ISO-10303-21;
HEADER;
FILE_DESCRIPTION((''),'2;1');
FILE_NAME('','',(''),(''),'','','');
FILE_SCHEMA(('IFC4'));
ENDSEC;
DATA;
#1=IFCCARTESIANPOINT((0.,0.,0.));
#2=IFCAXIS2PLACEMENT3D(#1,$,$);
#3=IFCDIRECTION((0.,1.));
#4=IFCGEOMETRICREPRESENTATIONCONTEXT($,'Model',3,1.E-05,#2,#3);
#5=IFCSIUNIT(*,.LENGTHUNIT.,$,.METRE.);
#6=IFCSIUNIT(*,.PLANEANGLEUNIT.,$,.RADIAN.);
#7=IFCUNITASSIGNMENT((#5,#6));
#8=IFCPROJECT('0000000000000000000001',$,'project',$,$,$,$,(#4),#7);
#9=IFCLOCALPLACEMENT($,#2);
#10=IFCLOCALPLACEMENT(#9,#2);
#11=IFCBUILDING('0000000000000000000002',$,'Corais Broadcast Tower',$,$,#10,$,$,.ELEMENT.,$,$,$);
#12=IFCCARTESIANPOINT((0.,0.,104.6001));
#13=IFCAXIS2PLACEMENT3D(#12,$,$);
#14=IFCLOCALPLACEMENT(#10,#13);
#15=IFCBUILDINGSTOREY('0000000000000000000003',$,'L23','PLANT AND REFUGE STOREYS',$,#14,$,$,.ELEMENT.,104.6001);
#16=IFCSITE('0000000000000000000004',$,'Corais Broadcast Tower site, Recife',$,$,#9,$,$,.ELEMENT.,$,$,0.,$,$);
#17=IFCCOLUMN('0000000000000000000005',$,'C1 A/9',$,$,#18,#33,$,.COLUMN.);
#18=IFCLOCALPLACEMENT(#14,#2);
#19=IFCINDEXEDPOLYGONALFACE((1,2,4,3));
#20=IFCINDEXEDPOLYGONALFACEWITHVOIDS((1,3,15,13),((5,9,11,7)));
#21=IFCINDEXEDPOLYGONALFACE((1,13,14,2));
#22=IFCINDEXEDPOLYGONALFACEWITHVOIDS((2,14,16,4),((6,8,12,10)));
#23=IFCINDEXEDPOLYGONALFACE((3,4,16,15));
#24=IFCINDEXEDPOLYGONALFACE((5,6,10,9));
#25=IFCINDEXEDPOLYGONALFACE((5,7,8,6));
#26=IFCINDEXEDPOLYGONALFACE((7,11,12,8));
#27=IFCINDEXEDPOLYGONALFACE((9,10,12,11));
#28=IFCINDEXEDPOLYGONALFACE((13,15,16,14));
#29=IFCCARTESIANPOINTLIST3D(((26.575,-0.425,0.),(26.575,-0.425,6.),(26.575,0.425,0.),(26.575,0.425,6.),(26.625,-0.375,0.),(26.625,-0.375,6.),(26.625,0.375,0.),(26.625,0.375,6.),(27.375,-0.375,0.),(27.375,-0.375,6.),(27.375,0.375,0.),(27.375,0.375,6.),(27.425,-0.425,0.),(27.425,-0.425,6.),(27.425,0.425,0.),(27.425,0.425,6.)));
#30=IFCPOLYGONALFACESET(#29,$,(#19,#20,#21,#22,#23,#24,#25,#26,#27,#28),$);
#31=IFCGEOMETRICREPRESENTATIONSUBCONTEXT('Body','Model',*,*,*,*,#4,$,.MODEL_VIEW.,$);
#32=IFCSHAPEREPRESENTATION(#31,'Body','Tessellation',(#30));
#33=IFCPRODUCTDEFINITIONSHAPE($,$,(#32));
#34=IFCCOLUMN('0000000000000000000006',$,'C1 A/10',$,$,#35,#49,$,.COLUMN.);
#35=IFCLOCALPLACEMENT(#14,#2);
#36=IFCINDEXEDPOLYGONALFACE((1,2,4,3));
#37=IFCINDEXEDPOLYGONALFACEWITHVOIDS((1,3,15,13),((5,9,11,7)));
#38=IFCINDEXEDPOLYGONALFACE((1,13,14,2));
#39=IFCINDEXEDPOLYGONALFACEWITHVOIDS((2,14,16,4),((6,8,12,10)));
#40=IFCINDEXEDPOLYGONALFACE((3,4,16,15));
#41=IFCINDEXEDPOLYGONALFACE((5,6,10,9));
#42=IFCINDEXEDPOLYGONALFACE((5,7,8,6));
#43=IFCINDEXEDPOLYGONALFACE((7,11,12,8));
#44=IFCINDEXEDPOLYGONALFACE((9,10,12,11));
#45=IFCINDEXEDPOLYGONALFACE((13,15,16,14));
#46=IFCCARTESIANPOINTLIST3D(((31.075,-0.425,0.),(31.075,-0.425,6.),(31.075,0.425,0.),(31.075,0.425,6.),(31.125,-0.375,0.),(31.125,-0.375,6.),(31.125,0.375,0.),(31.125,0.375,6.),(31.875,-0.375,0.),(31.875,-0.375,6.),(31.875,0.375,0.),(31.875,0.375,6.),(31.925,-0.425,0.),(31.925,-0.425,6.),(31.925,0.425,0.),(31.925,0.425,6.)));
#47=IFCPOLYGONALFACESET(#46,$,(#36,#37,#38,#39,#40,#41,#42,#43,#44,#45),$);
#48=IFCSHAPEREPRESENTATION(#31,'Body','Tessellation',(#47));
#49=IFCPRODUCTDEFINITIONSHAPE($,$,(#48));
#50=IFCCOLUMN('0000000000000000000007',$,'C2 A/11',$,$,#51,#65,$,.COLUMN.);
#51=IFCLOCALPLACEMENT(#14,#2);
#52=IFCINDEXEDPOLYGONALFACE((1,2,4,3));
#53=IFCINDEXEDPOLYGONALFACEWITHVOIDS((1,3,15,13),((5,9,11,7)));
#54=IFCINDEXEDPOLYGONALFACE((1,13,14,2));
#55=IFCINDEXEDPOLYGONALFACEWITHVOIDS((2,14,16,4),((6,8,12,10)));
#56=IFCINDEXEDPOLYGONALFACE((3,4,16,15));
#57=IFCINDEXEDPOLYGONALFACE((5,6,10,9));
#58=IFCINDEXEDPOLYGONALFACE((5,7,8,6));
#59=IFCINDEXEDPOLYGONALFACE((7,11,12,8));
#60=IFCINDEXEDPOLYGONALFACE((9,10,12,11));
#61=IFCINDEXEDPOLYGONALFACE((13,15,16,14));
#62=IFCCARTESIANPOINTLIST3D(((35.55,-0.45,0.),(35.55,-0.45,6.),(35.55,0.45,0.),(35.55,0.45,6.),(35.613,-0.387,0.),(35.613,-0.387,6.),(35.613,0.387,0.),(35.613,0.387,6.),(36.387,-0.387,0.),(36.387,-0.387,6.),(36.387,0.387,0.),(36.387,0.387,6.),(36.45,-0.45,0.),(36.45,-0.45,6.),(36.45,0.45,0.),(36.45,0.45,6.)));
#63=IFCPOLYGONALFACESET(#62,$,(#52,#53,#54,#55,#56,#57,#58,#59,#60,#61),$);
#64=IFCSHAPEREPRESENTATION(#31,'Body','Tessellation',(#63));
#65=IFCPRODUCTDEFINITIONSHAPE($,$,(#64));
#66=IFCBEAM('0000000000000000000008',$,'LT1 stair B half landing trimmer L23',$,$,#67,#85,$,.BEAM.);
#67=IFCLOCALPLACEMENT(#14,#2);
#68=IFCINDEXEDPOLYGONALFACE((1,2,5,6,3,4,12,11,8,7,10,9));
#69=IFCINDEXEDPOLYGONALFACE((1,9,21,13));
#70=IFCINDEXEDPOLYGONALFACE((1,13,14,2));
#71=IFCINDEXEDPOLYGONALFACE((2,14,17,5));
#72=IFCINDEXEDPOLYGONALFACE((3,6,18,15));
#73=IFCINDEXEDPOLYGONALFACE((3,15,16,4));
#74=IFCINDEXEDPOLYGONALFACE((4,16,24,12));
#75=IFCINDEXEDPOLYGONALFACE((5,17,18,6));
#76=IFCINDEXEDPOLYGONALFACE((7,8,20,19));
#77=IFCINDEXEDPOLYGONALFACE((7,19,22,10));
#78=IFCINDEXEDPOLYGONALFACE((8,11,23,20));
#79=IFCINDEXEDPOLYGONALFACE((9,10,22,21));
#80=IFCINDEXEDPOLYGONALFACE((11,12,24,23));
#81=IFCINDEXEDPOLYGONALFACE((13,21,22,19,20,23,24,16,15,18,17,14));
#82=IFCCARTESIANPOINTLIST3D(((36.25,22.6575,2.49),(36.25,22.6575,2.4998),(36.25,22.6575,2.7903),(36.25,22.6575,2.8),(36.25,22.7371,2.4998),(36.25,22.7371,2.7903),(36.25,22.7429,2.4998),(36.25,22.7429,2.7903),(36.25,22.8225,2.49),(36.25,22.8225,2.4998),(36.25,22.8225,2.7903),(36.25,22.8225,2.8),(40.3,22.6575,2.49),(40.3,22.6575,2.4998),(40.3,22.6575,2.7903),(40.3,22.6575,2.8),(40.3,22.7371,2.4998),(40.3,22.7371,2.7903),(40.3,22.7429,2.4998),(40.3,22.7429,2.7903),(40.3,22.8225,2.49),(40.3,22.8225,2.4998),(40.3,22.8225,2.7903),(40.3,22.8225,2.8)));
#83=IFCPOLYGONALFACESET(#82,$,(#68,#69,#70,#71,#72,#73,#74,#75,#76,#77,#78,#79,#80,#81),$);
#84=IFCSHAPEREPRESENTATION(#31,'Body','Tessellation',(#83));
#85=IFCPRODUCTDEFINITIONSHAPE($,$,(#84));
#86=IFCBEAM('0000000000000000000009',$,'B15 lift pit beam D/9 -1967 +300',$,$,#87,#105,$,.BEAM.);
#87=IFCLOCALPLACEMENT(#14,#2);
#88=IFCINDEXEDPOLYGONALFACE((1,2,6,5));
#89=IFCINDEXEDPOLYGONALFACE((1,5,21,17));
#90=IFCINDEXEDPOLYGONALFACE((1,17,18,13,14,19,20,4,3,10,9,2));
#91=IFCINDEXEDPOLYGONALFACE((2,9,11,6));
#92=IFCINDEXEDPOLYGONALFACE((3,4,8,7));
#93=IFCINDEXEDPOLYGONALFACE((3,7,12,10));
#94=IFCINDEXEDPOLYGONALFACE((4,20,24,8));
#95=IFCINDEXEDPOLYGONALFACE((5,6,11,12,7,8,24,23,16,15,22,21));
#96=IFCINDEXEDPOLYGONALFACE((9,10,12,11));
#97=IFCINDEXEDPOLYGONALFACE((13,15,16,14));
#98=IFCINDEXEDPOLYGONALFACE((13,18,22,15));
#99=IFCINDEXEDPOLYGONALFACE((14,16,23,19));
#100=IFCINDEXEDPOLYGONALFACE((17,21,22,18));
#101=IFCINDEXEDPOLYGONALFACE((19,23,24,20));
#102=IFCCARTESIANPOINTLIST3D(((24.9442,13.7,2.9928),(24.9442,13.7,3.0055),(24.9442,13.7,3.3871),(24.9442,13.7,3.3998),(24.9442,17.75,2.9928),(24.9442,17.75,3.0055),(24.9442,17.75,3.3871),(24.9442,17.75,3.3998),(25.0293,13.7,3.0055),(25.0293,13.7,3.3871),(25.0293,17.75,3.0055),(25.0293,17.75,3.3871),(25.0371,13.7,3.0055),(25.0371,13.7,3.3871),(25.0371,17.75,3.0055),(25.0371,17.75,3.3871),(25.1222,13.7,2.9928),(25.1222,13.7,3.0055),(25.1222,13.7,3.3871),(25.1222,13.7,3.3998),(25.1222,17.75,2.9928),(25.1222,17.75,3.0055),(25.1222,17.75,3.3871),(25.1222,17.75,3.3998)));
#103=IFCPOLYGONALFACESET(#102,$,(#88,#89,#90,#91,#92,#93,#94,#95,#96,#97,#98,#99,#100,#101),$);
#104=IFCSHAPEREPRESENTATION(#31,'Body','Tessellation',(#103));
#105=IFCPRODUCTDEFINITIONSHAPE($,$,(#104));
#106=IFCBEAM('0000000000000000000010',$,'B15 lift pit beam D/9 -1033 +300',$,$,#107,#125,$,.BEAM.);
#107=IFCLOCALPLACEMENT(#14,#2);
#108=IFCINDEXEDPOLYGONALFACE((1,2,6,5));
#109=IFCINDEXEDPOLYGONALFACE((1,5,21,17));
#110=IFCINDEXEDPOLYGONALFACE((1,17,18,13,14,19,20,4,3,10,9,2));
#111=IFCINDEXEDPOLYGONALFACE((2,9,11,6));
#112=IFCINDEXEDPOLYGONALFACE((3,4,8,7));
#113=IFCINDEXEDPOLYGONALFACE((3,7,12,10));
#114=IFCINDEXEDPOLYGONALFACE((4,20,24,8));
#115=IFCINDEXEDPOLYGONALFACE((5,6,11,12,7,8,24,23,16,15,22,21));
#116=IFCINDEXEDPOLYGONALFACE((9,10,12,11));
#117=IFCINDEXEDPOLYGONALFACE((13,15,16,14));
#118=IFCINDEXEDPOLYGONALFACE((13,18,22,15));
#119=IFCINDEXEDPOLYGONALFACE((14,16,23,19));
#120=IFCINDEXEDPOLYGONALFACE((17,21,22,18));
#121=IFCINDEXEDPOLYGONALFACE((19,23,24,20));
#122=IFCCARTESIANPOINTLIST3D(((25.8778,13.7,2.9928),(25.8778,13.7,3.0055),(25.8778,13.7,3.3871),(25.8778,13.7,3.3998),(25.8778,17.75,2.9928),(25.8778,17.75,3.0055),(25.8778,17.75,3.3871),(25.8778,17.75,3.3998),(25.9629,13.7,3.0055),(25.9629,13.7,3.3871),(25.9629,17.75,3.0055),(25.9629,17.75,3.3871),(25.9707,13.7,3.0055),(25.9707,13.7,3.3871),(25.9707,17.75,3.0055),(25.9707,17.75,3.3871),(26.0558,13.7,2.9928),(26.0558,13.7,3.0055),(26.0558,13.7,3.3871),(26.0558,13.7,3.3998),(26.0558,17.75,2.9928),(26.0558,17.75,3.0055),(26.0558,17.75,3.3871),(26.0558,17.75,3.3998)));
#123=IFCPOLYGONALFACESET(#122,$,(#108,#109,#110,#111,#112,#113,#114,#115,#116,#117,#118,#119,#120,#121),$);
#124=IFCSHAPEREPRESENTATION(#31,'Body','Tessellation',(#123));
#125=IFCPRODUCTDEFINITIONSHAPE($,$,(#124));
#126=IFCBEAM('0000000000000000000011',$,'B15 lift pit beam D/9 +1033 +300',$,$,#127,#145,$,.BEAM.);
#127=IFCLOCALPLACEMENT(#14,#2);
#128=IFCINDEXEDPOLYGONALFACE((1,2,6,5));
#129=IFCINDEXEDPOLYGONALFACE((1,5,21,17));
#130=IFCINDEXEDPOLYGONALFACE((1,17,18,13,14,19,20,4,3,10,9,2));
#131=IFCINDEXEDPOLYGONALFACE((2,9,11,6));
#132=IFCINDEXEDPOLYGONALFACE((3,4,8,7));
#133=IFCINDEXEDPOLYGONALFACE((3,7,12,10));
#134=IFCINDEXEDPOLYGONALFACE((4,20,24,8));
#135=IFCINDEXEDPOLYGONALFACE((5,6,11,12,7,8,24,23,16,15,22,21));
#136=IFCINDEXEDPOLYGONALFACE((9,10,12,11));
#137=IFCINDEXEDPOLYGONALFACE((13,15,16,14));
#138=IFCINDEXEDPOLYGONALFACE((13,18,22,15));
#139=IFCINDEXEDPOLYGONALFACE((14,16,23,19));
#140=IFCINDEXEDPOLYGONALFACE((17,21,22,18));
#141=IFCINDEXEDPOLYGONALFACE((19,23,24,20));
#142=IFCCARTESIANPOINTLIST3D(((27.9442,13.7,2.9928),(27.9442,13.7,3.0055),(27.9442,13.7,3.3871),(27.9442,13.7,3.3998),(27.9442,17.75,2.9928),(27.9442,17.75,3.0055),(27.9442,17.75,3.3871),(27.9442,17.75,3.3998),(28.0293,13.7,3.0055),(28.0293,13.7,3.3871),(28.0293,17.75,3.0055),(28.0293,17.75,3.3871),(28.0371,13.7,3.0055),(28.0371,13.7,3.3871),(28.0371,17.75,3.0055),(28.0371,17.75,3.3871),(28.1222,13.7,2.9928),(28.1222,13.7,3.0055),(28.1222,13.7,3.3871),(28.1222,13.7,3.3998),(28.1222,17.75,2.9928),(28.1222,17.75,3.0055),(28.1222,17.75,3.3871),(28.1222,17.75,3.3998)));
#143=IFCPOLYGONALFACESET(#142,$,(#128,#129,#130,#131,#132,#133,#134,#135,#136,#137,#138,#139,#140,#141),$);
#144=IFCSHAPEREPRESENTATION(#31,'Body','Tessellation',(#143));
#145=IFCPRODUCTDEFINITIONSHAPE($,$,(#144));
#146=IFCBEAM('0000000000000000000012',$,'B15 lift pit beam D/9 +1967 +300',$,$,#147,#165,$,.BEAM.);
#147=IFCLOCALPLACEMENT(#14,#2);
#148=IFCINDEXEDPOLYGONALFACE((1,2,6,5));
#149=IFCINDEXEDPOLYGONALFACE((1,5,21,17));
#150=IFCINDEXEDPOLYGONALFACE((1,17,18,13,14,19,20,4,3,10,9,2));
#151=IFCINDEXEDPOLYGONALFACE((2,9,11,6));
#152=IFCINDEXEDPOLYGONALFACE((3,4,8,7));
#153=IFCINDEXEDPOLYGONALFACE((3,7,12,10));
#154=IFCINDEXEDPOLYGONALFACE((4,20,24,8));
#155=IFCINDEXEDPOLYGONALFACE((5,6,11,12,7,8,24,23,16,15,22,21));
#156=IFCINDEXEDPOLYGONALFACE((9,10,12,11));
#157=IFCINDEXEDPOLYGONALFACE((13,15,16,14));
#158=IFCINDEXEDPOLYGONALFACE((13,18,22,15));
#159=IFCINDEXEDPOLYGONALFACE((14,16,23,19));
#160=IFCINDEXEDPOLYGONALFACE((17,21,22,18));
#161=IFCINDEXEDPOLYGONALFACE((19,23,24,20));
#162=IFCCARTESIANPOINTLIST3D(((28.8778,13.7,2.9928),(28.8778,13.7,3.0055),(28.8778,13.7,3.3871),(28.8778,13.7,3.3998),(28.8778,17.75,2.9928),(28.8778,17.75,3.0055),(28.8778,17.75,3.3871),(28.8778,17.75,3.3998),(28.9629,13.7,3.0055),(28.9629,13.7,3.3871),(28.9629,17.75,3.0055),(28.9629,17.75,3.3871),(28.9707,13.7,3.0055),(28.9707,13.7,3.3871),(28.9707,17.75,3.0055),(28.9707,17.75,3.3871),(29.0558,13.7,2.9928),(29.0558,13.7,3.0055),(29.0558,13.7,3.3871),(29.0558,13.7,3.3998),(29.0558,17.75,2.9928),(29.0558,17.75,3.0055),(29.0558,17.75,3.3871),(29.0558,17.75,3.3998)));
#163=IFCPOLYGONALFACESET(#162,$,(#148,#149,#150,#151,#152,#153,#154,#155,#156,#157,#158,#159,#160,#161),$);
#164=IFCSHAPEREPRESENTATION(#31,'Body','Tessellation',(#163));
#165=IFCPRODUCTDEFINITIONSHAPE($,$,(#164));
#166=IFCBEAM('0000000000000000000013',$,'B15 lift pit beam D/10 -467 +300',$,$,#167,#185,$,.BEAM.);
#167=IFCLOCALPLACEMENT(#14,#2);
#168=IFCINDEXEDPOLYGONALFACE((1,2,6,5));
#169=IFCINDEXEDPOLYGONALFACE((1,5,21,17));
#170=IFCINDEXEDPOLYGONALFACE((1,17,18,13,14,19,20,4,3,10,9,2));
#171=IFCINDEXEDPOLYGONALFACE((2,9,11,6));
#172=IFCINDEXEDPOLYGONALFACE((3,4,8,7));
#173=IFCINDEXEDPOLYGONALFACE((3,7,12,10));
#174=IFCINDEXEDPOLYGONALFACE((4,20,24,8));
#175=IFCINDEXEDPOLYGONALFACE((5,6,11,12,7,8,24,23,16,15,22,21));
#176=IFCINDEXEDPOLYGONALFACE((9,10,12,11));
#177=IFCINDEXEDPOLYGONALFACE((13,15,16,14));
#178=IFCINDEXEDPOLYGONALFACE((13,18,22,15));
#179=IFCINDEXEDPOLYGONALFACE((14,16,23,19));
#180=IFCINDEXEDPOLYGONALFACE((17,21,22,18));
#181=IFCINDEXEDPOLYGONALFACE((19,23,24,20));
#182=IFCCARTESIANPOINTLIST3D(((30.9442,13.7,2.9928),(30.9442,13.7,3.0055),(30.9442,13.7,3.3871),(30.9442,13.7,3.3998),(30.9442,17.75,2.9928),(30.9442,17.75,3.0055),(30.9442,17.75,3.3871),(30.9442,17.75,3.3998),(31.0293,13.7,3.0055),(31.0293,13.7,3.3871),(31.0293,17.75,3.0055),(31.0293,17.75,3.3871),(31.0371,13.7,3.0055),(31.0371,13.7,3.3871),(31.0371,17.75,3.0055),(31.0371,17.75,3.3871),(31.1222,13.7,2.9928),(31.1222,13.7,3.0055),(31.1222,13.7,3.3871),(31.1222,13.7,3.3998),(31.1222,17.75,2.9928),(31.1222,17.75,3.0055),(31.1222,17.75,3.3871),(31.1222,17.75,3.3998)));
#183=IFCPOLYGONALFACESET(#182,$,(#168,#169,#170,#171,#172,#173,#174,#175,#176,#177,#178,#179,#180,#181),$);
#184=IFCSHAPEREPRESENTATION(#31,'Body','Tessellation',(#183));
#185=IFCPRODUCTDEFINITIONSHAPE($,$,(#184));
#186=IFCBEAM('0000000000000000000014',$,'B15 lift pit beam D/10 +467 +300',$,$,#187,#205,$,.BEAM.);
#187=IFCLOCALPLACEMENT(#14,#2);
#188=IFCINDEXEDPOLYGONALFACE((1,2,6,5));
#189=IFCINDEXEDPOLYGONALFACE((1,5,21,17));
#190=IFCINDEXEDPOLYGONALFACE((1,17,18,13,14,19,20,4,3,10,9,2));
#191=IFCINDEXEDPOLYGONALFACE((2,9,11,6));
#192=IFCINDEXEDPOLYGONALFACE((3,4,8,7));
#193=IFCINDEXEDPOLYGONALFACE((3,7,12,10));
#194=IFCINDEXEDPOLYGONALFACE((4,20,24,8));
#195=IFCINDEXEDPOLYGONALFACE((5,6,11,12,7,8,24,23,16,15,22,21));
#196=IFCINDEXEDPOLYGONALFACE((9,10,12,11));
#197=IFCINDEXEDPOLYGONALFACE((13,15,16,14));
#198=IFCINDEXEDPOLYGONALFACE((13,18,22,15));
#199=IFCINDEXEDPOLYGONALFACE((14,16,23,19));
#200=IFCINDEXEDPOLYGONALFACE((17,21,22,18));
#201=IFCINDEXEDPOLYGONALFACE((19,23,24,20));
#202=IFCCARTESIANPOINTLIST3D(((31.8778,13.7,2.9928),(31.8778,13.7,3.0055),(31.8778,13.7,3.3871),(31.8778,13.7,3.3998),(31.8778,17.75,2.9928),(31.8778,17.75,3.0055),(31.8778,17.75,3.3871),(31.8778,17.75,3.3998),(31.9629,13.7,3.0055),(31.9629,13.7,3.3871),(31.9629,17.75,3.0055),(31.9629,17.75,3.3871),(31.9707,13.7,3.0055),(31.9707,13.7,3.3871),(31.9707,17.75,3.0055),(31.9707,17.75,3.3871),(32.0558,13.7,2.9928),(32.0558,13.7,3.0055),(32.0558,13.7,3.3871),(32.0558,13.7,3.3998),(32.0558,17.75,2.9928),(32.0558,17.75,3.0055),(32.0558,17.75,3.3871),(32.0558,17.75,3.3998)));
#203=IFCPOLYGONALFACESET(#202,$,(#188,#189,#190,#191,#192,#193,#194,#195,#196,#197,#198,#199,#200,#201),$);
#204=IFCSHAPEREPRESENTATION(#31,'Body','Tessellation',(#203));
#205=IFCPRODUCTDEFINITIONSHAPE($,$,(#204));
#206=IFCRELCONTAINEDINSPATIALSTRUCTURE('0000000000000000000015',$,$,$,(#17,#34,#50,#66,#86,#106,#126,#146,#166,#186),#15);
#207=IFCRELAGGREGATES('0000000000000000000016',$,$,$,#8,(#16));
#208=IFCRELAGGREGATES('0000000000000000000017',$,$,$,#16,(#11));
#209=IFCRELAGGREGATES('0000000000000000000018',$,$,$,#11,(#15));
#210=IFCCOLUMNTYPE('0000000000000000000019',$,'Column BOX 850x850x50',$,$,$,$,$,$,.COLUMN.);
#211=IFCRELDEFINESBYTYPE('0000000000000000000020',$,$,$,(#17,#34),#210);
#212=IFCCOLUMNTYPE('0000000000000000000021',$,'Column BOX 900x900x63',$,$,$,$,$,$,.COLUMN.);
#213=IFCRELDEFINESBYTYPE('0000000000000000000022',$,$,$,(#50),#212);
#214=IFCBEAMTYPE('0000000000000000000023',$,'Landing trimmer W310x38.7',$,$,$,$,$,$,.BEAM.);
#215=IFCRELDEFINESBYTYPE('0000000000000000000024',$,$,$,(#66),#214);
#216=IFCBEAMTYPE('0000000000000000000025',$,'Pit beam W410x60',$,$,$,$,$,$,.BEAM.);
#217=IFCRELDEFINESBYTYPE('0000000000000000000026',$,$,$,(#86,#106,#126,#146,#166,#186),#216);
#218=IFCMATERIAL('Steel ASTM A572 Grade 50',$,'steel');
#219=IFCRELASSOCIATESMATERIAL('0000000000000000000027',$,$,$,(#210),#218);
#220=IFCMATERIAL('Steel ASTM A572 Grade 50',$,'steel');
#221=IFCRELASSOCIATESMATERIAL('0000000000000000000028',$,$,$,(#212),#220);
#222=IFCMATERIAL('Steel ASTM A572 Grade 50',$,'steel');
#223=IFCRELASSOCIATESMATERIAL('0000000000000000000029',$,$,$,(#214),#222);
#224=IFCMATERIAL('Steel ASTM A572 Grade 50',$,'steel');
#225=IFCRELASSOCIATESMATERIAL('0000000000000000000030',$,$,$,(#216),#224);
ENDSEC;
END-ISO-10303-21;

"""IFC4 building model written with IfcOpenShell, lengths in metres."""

from ifc_helpers import new_model, si_unit, direction, frame, origin, origin_2d, place, context, subcontext, project, spatial, hollow_rectangle, i_section, extrude, material, material_profile, profile_set, type_object, element, save


model = new_model("IFC4")

# Units and contexts
model_context = context("Model", 3, precision=1e-05, world=origin(), true_north=direction((0.0, 1.0)))
body_context = subcontext(model_context, "Body", "Model", "MODEL_VIEW")
ifc_project = project(units=[si_unit("LENGTHUNIT", "METRE"), si_unit("PLANEANGLEUNIT", "RADIAN")], contexts=[model_context])

# Site, building, storey
site_placement = place(None, origin())
site = spatial("IfcSite", under=ifc_project, at=site_placement, Name="Corais Broadcast Tower site, Recife", CompositionType="ELEMENT", RefElevation=0.0)
building_placement = place(site_placement, origin())
building = spatial("IfcBuilding", under=site, at=building_placement, Name="Corais Broadcast Tower", CompositionType="ELEMENT")
storey_placement = place(building_placement, frame((0.0, 0.0, 104.6001)))
storey = spatial("IfcBuildingStorey", under=building, at=storey_placement, Name="L23", Description="PLANT AND REFUGE STOREYS", CompositionType="ELEMENT", Elevation=104.6001)

# Columns
ifc_material_1 = material(Name="Steel ASTM A572 Grade 50", Category="steel")
ifc_material_profile_1 = material_profile(ifc_material_1, hollow_rectangle(XDim=0.8501, YDim=0.8501, WallThickness=0.05, at=origin_2d()), Name="BOX 850x850x50")
ifc_profile_set_1 = profile_set([ifc_material_profile_1], Name="Steel ASTM A572 Grade 50")
column_type_1 = type_object("IfcColumnType", Name="Column BOX 850x850x50", PredefinedType="COLUMN", material=ifc_profile_set_1)
for number, where, z_axis, x_axis, name in (
    (1, (27.0, 0.0, 0.0), (0.0, 0.0, 1.0), (1.0, 0.0, 0.0), "C1 A/9"),
    (2, (31.5, 0.0, 0.0), (0.0, 0.0, 1.0), (1.0, 0.0, 0.0), "C1 A/10"),
):
    element("IfcColumn", number, at=place(storey_placement, frame(where, z_axis=z_axis, x_axis=x_axis)), inside=storey, type_object=column_type_1, Name=name, PredefinedType="COLUMN", context=body_context, shape_type="SweptSolid", body=[
        extrude(hollow_rectangle(XDim=0.8501, YDim=0.8501, WallThickness=0.05, at=origin_2d()), origin(), (0.0, 0.0, 1.0), 6.0),
    ])
ifc_material_2 = material(Name="Steel ASTM A572 Grade 50", Category="steel")
ifc_material_profile_2 = material_profile(ifc_material_2, hollow_rectangle(XDim=0.8999, YDim=0.8999, WallThickness=0.063, at=origin_2d()), Name="BOX 900x900x63")
ifc_profile_set_2 = profile_set([ifc_material_profile_2], Name="Steel ASTM A572 Grade 50")
column_type_2 = type_object("IfcColumnType", Name="Column BOX 900x900x63", PredefinedType="COLUMN", material=ifc_profile_set_2)
column_placement = place(storey_placement, frame((36.0, 0.0, 0.0), z_axis=(0.0, 0.0, 1.0), x_axis=(1.0, 0.0, 0.0)))
element("IfcColumn", 3, at=column_placement, inside=storey, type_object=column_type_2, Name="C2 A/11", PredefinedType="COLUMN", context=body_context, shape_type="SweptSolid", body=[
    extrude(hollow_rectangle(XDim=0.8999, YDim=0.8999, WallThickness=0.063, at=origin_2d()), origin(), (0.0, 0.0, 1.0), 6.0),
])

# Beams
ifc_material_3 = material(Name="Steel ASTM A572 Grade 50", Category="steel")
ifc_material_profile_3 = material_profile(ifc_material_3, i_section(OverallWidth=0.165, OverallDepth=0.3101, WebThickness=0.0059, FlangeThickness=0.0098, at=origin_2d()), Name="W310x38.7")
ifc_profile_set_3 = profile_set([ifc_material_profile_3], Name="Steel ASTM A572 Grade 50")
beam_type_1 = type_object("IfcBeamType", Name="Landing trimmer W310x38.7", PredefinedType="BEAM", material=ifc_profile_set_3)
beam_placement = place(storey_placement, frame((36.25, 22.74, 2.645), z_axis=(1.0, 0.0, 0.0), x_axis=(0.0, 1.0, 0.0)))
element("IfcBeam", 4, at=beam_placement, inside=storey, type_object=beam_type_1, Name="LT1 stair B half landing trimmer L23", PredefinedType="BEAM", context=body_context, shape_type="SweptSolid", body=[
    extrude(i_section(OverallWidth=0.165, OverallDepth=0.3101, WebThickness=0.0059, FlangeThickness=0.0098, at=origin_2d()), origin(), (0.0, 0.0, 1.0), 4.05),
])
ifc_material_4 = material(Name="Steel ASTM A572 Grade 50", Category="steel")
ifc_material_profile_4 = material_profile(ifc_material_4, i_section(OverallWidth=0.178, OverallDepth=0.407, WebThickness=0.0078, FlangeThickness=0.0127, at=origin_2d()), Name="W410x60")
ifc_profile_set_4 = profile_set([ifc_material_profile_4], Name="Steel ASTM A572 Grade 50")
beam_type_2 = type_object("IfcBeamType", Name="Pit beam W410x60", PredefinedType="BEAM", material=ifc_profile_set_4)
for number, where, z_axis, x_axis, name in (
    (5, (25.0332, 13.7, 3.1963), (0.0, 1.0, 0.0), (-1.0, 0.0, 0.0), "B15 lift pit beam D/9 -1967 +300"),
    (6, (25.9668, 13.7, 3.1963), (0.0, 1.0, 0.0), (-1.0, 0.0, 0.0), "B15 lift pit beam D/9 -1033 +300"),
    (7, (28.0332, 13.7, 3.1963), (0.0, 1.0, 0.0), (-1.0, 0.0, 0.0), "B15 lift pit beam D/9 +1033 +300"),
    (8, (28.9668, 13.7, 3.1963), (0.0, 1.0, 0.0), (-1.0, 0.0, 0.0), "B15 lift pit beam D/9 +1967 +300"),
    (9, (31.0332, 13.7, 3.1963), (0.0, 1.0, 0.0), (-1.0, 0.0, 0.0), "B15 lift pit beam D/10 -467 +300"),
    (10, (31.9668, 13.7, 3.1963), (0.0, 1.0, 0.0), (-1.0, 0.0, 0.0), "B15 lift pit beam D/10 +467 +300"),
):
    element("IfcBeam", number, at=place(storey_placement, frame(where, z_axis=z_axis, x_axis=x_axis)), inside=storey, type_object=beam_type_2, Name=name, PredefinedType="BEAM", context=body_context, shape_type="SweptSolid", body=[
        extrude(i_section(OverallWidth=0.178, OverallDepth=0.407, WebThickness=0.0078, FlangeThickness=0.0127, at=origin_2d()), origin(), (0.0, 0.0, 1.0), 4.05),
    ])

save(model, "model.ifc")
